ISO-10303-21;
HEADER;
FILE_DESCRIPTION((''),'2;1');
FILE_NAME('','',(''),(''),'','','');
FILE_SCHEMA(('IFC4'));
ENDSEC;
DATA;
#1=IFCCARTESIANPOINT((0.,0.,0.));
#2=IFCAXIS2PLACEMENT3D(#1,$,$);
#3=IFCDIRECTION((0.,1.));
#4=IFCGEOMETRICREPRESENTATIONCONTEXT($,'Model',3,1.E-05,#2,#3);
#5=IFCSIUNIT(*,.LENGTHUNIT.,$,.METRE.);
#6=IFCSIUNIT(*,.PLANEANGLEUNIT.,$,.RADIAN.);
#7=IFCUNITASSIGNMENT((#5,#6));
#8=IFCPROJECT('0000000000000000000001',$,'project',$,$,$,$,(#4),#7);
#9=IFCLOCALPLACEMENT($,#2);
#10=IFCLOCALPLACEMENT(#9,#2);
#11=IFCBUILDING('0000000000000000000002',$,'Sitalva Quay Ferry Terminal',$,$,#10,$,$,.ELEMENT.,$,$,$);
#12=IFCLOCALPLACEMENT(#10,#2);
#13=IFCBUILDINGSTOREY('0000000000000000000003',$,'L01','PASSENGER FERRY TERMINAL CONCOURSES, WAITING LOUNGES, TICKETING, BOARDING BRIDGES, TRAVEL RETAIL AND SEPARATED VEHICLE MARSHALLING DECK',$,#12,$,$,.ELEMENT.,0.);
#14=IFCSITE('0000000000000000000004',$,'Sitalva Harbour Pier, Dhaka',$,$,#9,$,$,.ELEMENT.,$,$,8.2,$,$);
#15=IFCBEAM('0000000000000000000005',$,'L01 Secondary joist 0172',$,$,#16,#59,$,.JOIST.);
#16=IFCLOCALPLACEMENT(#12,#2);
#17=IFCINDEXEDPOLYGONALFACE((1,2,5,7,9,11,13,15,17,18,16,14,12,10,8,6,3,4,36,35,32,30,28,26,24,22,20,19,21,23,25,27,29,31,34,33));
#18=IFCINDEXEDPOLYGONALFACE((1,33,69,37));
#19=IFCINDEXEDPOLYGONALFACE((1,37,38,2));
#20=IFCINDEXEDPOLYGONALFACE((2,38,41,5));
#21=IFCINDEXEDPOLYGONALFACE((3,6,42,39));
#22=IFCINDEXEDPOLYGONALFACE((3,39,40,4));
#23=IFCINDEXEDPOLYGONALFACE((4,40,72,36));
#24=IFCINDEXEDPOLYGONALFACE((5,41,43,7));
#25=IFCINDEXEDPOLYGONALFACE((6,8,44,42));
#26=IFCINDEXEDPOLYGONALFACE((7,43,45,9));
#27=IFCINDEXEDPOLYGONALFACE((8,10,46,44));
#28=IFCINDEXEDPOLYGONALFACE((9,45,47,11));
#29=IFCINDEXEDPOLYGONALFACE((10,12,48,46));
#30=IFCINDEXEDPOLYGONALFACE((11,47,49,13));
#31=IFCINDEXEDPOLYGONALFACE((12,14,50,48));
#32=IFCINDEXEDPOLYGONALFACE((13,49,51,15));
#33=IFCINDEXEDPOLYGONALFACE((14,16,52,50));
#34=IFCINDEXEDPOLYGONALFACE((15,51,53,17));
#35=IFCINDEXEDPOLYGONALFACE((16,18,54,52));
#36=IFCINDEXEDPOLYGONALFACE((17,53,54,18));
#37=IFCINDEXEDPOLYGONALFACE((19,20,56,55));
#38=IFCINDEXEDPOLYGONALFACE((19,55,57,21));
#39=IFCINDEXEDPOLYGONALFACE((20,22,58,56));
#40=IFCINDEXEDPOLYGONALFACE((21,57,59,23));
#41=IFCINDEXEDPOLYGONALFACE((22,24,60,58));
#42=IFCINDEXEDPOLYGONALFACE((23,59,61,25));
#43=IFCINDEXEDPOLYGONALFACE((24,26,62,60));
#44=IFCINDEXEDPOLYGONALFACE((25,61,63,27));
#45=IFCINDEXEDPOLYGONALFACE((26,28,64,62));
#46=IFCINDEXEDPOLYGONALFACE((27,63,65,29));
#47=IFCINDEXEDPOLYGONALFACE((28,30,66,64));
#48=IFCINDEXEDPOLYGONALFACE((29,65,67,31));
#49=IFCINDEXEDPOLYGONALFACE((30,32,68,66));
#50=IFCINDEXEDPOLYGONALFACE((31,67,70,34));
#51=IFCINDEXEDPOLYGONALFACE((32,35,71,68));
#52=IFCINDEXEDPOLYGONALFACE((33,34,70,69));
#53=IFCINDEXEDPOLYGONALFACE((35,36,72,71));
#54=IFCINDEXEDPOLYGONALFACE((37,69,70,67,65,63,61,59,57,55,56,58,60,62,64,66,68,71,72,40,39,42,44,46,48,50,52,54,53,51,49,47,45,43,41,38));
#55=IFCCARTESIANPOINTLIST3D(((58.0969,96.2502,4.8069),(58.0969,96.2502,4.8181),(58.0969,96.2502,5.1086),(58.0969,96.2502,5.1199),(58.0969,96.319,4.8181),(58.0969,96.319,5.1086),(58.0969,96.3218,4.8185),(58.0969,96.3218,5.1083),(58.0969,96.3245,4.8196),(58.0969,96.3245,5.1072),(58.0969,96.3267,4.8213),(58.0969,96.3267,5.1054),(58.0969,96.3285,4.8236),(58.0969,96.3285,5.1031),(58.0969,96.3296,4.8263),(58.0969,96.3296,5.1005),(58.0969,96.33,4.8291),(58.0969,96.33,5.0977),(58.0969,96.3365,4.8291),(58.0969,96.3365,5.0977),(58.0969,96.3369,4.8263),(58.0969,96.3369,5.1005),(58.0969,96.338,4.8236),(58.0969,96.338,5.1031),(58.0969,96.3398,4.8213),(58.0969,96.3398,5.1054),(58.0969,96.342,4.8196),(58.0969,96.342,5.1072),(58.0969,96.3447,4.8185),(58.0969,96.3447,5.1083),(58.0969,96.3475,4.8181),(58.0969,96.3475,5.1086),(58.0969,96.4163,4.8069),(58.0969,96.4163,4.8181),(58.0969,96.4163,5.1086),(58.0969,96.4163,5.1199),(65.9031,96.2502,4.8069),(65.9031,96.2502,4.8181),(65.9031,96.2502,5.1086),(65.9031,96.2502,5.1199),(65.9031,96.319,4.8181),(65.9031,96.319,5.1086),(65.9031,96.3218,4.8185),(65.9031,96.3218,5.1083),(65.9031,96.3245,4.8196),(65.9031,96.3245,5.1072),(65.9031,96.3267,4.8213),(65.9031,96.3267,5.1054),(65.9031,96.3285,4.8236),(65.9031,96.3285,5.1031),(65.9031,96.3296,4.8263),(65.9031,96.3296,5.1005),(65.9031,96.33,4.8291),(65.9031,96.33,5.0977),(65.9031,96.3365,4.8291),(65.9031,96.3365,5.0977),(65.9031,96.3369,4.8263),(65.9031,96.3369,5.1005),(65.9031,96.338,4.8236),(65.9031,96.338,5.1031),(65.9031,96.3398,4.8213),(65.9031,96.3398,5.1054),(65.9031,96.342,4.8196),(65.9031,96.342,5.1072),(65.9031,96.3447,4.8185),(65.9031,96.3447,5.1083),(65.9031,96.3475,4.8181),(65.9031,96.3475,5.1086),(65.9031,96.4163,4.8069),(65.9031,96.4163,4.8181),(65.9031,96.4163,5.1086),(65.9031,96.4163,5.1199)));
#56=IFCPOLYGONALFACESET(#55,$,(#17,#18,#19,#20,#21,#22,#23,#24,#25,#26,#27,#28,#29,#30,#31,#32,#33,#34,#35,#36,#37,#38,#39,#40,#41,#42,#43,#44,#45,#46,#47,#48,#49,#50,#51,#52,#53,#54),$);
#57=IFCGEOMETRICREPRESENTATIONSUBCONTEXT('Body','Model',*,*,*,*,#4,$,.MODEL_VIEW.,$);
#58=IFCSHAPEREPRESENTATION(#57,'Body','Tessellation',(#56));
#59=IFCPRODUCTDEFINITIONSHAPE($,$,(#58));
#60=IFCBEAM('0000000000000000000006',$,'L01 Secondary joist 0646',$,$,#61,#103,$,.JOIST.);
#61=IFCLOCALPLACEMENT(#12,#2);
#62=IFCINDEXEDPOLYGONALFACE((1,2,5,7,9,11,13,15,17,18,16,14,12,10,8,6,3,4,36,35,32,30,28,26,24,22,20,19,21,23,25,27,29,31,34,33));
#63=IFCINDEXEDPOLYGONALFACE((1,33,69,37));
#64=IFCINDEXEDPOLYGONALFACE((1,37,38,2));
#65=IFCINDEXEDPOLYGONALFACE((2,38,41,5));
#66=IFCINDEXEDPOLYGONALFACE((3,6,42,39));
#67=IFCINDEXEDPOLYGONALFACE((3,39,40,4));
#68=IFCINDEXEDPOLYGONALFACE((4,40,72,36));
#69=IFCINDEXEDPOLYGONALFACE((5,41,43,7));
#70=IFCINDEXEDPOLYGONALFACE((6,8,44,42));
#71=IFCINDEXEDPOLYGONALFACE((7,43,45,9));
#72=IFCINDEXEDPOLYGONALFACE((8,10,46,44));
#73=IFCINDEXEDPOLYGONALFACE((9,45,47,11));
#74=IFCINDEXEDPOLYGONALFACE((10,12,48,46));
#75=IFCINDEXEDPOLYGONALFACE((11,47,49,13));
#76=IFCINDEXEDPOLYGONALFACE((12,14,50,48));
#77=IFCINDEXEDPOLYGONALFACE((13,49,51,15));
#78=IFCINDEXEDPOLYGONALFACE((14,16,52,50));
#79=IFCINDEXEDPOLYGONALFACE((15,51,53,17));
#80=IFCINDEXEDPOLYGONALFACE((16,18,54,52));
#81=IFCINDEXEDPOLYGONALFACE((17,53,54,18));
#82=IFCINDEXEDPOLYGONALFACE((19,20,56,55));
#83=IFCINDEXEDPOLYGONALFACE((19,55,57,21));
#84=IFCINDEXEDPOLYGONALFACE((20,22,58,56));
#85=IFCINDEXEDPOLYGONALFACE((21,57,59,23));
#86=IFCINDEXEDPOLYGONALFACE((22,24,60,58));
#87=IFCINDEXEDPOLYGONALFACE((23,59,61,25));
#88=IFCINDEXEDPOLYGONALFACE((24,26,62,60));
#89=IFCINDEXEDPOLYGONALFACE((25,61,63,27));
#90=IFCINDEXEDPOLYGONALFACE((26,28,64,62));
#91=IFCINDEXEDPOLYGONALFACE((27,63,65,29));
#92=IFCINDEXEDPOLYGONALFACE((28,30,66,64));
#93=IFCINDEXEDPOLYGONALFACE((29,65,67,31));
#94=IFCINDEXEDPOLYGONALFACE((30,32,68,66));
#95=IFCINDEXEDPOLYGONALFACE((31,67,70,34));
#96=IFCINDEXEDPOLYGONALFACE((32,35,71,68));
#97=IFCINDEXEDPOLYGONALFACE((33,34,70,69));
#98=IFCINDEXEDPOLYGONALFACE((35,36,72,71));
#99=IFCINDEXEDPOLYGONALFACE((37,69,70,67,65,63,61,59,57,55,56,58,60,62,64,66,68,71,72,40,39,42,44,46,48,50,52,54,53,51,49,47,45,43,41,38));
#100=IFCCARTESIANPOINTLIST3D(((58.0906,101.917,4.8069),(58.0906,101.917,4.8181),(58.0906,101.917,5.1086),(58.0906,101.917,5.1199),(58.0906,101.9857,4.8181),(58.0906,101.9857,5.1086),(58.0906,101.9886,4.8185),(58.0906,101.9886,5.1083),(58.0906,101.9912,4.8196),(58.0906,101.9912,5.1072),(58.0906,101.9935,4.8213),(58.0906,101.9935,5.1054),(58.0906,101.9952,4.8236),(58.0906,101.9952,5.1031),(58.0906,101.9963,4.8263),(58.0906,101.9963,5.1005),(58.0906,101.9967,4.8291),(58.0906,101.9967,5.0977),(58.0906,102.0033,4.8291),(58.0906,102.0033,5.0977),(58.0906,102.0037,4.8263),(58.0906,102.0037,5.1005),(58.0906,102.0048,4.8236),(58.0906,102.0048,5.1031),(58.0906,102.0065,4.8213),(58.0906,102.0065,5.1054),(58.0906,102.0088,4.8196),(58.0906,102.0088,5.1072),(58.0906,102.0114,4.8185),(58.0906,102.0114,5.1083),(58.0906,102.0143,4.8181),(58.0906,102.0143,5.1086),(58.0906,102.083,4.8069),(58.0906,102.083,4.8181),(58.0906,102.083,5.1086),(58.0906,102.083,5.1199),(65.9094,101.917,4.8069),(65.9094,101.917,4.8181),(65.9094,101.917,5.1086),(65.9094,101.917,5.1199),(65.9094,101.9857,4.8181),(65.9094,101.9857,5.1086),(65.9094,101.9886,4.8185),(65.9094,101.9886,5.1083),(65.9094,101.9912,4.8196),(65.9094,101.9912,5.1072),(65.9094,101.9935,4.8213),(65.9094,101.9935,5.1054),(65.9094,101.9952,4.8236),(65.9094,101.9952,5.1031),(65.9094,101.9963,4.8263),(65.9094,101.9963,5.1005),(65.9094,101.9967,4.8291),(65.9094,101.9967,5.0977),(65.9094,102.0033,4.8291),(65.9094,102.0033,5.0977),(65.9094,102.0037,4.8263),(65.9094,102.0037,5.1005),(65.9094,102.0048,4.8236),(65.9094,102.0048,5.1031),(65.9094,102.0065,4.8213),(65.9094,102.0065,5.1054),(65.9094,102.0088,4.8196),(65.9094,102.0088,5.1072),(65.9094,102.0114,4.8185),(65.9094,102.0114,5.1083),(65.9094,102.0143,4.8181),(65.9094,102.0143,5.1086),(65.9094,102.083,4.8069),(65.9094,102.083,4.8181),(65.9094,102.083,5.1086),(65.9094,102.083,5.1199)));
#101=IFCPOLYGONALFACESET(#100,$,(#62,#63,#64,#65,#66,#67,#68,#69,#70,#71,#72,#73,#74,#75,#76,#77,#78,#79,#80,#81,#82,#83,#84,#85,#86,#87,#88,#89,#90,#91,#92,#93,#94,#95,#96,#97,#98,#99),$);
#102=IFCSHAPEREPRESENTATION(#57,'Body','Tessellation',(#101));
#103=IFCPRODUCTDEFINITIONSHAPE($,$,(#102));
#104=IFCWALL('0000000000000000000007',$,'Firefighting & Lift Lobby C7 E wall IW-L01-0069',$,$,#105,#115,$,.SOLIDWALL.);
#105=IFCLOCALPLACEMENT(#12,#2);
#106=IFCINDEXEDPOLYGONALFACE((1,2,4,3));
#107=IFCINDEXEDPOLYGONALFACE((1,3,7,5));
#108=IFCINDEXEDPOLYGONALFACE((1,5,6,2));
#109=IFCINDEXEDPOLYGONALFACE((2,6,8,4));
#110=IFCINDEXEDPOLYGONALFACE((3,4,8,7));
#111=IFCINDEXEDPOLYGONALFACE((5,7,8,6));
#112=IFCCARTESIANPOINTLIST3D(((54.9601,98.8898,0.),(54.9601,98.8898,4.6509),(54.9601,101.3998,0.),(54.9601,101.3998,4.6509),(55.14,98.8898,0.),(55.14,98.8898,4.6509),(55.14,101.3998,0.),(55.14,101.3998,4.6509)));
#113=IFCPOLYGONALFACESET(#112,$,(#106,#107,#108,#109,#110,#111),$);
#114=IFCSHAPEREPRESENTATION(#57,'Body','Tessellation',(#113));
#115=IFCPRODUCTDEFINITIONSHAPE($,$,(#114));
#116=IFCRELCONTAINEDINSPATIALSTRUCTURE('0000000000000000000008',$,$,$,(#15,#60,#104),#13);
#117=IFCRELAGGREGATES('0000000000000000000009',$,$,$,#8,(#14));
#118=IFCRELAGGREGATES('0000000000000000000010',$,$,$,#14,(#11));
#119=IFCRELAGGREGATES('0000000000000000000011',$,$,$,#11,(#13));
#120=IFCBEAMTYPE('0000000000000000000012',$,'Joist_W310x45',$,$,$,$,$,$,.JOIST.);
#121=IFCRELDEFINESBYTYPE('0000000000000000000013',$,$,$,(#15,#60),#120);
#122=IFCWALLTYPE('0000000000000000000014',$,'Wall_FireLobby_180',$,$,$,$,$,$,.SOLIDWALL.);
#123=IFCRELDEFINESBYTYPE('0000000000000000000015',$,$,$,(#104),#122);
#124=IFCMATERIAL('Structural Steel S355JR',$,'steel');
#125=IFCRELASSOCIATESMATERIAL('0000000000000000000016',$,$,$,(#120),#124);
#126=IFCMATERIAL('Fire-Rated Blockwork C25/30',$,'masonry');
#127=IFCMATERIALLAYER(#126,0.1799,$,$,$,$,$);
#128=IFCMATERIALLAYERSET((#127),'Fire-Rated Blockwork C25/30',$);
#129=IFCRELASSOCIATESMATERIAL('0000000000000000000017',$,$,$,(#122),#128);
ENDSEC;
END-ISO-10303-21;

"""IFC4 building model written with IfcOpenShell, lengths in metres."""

from ifc_helpers import new_model, si_unit, direction, frame, frame_2d, origin, origin_2d, place, context, subcontext, project, spatial, rectangle, i_section, extrude, material, layer, layer_set, material_profile, profile_set, type_object, element, save


model = new_model("IFC4")

# Units and contexts
model_context = context("Model", 3, precision=1e-05, world=origin(), true_north=direction((0.0, 1.0)))
body_context = subcontext(model_context, "Body", "Model", "MODEL_VIEW")
ifc_project = project(units=[si_unit("LENGTHUNIT", "METRE"), si_unit("PLANEANGLEUNIT", "RADIAN")], contexts=[model_context])

# Site, building, storey
site_placement = place(None, origin())
site = spatial("IfcSite", under=ifc_project, at=site_placement, Name="Sitalva Harbour Pier, Dhaka", CompositionType="ELEMENT", RefElevation=8.2)
building_placement = place(site_placement, origin())
building = spatial("IfcBuilding", under=site, at=building_placement, Name="Sitalva Quay Ferry Terminal", CompositionType="ELEMENT")
storey_placement = place(building_placement, origin())
storey = spatial("IfcBuildingStorey", under=building, at=storey_placement, Name="L01", Description="PASSENGER FERRY TERMINAL CONCOURSES, WAITING LOUNGES, TICKETING, BOARDING BRIDGES, TRAVEL RETAIL AND SEPARATED VEHICLE MARSHALLING DECK", CompositionType="ELEMENT", Elevation=0.0)

# Beams
ifc_material_1 = material(Name="Structural Steel S355JR", Category="steel")
ifc_material_profile_1 = material_profile(ifc_material_1, i_section(OverallWidth=0.166, OverallDepth=0.313, WebThickness=0.0066, FlangeThickness=0.0112, FilletRadius=0.011, at=origin_2d()), Name="W310x45")
ifc_profile_set_1 = profile_set([ifc_material_profile_1], Name="Structural Steel S355JR")
beam_type_1 = type_object("IfcBeamType", Name="Joist_W310x45", PredefinedType="JOIST", material=ifc_profile_set_1)
for number, where, z_axis, x_axis, name in (
    (1, (58.0969, 96.3333, 4.9634), (1.0, 0.0, 0.0), (0.0, 1.0, 0.0), "L01 Secondary joist 0172"),
):
    element("IfcBeam", number, at=place(storey_placement, frame(where, z_axis=z_axis, x_axis=x_axis)), inside=storey, type_object=beam_type_1, Name=name, PredefinedType="JOIST", context=body_context, shape_type="SweptSolid", body=[
        extrude(i_section(OverallWidth=0.166, OverallDepth=0.313, WebThickness=0.0066, FlangeThickness=0.0112, FilletRadius=0.011, at=origin_2d()), origin(), (0.0, 0.0, 1.0), 7.8062),
    ])
beam_1_placement = place(storey_placement, frame((58.0906, 102.0, 4.9634), z_axis=(1.0, 0.0, 0.0), x_axis=(0.0, 1.0, 0.0)))
element("IfcBeam", 2, at=beam_1_placement, inside=storey, type_object=beam_type_1, Name="L01 Secondary joist 0646", PredefinedType="JOIST", context=body_context, shape_type="SweptSolid", body=[
    extrude(i_section(OverallWidth=0.166, OverallDepth=0.313, WebThickness=0.0066, FlangeThickness=0.0112, FilletRadius=0.011, at=origin_2d()), origin(), (0.0, 0.0, 1.0), 7.8188),
])

# Wall
ifc_material_2 = material(Name="Fire-Rated Blockwork C25/30", Category="masonry")
ifc_layer = layer(ifc_material_2, 0.1799)
ifc_layer_set = layer_set([ifc_layer], Name="Fire-Rated Blockwork C25/30")
wall_type = type_object("IfcWallType", Name="Wall_FireLobby_180", PredefinedType="SOLIDWALL", material=ifc_layer_set)
wall_placement = place(storey_placement, frame((55.05, 98.8899, 0.0), z_axis=(0.0, 0.0, 1.0), x_axis=(0.0, 1.0, 0.0)))
element("IfcWall", 3, at=wall_placement, inside=storey, type_object=wall_type, Name="Firefighting & Lift Lobby C7 E wall IW-L01-0069", PredefinedType="SOLIDWALL", context=body_context, shape_type="SweptSolid", body=[
    extrude(rectangle(XDim=2.51, YDim=0.1799, at=frame_2d((1.2549, 0.0))), origin(), (0.0, 0.0, 1.0), 4.6509),
])

save(model, "model.ifc")
